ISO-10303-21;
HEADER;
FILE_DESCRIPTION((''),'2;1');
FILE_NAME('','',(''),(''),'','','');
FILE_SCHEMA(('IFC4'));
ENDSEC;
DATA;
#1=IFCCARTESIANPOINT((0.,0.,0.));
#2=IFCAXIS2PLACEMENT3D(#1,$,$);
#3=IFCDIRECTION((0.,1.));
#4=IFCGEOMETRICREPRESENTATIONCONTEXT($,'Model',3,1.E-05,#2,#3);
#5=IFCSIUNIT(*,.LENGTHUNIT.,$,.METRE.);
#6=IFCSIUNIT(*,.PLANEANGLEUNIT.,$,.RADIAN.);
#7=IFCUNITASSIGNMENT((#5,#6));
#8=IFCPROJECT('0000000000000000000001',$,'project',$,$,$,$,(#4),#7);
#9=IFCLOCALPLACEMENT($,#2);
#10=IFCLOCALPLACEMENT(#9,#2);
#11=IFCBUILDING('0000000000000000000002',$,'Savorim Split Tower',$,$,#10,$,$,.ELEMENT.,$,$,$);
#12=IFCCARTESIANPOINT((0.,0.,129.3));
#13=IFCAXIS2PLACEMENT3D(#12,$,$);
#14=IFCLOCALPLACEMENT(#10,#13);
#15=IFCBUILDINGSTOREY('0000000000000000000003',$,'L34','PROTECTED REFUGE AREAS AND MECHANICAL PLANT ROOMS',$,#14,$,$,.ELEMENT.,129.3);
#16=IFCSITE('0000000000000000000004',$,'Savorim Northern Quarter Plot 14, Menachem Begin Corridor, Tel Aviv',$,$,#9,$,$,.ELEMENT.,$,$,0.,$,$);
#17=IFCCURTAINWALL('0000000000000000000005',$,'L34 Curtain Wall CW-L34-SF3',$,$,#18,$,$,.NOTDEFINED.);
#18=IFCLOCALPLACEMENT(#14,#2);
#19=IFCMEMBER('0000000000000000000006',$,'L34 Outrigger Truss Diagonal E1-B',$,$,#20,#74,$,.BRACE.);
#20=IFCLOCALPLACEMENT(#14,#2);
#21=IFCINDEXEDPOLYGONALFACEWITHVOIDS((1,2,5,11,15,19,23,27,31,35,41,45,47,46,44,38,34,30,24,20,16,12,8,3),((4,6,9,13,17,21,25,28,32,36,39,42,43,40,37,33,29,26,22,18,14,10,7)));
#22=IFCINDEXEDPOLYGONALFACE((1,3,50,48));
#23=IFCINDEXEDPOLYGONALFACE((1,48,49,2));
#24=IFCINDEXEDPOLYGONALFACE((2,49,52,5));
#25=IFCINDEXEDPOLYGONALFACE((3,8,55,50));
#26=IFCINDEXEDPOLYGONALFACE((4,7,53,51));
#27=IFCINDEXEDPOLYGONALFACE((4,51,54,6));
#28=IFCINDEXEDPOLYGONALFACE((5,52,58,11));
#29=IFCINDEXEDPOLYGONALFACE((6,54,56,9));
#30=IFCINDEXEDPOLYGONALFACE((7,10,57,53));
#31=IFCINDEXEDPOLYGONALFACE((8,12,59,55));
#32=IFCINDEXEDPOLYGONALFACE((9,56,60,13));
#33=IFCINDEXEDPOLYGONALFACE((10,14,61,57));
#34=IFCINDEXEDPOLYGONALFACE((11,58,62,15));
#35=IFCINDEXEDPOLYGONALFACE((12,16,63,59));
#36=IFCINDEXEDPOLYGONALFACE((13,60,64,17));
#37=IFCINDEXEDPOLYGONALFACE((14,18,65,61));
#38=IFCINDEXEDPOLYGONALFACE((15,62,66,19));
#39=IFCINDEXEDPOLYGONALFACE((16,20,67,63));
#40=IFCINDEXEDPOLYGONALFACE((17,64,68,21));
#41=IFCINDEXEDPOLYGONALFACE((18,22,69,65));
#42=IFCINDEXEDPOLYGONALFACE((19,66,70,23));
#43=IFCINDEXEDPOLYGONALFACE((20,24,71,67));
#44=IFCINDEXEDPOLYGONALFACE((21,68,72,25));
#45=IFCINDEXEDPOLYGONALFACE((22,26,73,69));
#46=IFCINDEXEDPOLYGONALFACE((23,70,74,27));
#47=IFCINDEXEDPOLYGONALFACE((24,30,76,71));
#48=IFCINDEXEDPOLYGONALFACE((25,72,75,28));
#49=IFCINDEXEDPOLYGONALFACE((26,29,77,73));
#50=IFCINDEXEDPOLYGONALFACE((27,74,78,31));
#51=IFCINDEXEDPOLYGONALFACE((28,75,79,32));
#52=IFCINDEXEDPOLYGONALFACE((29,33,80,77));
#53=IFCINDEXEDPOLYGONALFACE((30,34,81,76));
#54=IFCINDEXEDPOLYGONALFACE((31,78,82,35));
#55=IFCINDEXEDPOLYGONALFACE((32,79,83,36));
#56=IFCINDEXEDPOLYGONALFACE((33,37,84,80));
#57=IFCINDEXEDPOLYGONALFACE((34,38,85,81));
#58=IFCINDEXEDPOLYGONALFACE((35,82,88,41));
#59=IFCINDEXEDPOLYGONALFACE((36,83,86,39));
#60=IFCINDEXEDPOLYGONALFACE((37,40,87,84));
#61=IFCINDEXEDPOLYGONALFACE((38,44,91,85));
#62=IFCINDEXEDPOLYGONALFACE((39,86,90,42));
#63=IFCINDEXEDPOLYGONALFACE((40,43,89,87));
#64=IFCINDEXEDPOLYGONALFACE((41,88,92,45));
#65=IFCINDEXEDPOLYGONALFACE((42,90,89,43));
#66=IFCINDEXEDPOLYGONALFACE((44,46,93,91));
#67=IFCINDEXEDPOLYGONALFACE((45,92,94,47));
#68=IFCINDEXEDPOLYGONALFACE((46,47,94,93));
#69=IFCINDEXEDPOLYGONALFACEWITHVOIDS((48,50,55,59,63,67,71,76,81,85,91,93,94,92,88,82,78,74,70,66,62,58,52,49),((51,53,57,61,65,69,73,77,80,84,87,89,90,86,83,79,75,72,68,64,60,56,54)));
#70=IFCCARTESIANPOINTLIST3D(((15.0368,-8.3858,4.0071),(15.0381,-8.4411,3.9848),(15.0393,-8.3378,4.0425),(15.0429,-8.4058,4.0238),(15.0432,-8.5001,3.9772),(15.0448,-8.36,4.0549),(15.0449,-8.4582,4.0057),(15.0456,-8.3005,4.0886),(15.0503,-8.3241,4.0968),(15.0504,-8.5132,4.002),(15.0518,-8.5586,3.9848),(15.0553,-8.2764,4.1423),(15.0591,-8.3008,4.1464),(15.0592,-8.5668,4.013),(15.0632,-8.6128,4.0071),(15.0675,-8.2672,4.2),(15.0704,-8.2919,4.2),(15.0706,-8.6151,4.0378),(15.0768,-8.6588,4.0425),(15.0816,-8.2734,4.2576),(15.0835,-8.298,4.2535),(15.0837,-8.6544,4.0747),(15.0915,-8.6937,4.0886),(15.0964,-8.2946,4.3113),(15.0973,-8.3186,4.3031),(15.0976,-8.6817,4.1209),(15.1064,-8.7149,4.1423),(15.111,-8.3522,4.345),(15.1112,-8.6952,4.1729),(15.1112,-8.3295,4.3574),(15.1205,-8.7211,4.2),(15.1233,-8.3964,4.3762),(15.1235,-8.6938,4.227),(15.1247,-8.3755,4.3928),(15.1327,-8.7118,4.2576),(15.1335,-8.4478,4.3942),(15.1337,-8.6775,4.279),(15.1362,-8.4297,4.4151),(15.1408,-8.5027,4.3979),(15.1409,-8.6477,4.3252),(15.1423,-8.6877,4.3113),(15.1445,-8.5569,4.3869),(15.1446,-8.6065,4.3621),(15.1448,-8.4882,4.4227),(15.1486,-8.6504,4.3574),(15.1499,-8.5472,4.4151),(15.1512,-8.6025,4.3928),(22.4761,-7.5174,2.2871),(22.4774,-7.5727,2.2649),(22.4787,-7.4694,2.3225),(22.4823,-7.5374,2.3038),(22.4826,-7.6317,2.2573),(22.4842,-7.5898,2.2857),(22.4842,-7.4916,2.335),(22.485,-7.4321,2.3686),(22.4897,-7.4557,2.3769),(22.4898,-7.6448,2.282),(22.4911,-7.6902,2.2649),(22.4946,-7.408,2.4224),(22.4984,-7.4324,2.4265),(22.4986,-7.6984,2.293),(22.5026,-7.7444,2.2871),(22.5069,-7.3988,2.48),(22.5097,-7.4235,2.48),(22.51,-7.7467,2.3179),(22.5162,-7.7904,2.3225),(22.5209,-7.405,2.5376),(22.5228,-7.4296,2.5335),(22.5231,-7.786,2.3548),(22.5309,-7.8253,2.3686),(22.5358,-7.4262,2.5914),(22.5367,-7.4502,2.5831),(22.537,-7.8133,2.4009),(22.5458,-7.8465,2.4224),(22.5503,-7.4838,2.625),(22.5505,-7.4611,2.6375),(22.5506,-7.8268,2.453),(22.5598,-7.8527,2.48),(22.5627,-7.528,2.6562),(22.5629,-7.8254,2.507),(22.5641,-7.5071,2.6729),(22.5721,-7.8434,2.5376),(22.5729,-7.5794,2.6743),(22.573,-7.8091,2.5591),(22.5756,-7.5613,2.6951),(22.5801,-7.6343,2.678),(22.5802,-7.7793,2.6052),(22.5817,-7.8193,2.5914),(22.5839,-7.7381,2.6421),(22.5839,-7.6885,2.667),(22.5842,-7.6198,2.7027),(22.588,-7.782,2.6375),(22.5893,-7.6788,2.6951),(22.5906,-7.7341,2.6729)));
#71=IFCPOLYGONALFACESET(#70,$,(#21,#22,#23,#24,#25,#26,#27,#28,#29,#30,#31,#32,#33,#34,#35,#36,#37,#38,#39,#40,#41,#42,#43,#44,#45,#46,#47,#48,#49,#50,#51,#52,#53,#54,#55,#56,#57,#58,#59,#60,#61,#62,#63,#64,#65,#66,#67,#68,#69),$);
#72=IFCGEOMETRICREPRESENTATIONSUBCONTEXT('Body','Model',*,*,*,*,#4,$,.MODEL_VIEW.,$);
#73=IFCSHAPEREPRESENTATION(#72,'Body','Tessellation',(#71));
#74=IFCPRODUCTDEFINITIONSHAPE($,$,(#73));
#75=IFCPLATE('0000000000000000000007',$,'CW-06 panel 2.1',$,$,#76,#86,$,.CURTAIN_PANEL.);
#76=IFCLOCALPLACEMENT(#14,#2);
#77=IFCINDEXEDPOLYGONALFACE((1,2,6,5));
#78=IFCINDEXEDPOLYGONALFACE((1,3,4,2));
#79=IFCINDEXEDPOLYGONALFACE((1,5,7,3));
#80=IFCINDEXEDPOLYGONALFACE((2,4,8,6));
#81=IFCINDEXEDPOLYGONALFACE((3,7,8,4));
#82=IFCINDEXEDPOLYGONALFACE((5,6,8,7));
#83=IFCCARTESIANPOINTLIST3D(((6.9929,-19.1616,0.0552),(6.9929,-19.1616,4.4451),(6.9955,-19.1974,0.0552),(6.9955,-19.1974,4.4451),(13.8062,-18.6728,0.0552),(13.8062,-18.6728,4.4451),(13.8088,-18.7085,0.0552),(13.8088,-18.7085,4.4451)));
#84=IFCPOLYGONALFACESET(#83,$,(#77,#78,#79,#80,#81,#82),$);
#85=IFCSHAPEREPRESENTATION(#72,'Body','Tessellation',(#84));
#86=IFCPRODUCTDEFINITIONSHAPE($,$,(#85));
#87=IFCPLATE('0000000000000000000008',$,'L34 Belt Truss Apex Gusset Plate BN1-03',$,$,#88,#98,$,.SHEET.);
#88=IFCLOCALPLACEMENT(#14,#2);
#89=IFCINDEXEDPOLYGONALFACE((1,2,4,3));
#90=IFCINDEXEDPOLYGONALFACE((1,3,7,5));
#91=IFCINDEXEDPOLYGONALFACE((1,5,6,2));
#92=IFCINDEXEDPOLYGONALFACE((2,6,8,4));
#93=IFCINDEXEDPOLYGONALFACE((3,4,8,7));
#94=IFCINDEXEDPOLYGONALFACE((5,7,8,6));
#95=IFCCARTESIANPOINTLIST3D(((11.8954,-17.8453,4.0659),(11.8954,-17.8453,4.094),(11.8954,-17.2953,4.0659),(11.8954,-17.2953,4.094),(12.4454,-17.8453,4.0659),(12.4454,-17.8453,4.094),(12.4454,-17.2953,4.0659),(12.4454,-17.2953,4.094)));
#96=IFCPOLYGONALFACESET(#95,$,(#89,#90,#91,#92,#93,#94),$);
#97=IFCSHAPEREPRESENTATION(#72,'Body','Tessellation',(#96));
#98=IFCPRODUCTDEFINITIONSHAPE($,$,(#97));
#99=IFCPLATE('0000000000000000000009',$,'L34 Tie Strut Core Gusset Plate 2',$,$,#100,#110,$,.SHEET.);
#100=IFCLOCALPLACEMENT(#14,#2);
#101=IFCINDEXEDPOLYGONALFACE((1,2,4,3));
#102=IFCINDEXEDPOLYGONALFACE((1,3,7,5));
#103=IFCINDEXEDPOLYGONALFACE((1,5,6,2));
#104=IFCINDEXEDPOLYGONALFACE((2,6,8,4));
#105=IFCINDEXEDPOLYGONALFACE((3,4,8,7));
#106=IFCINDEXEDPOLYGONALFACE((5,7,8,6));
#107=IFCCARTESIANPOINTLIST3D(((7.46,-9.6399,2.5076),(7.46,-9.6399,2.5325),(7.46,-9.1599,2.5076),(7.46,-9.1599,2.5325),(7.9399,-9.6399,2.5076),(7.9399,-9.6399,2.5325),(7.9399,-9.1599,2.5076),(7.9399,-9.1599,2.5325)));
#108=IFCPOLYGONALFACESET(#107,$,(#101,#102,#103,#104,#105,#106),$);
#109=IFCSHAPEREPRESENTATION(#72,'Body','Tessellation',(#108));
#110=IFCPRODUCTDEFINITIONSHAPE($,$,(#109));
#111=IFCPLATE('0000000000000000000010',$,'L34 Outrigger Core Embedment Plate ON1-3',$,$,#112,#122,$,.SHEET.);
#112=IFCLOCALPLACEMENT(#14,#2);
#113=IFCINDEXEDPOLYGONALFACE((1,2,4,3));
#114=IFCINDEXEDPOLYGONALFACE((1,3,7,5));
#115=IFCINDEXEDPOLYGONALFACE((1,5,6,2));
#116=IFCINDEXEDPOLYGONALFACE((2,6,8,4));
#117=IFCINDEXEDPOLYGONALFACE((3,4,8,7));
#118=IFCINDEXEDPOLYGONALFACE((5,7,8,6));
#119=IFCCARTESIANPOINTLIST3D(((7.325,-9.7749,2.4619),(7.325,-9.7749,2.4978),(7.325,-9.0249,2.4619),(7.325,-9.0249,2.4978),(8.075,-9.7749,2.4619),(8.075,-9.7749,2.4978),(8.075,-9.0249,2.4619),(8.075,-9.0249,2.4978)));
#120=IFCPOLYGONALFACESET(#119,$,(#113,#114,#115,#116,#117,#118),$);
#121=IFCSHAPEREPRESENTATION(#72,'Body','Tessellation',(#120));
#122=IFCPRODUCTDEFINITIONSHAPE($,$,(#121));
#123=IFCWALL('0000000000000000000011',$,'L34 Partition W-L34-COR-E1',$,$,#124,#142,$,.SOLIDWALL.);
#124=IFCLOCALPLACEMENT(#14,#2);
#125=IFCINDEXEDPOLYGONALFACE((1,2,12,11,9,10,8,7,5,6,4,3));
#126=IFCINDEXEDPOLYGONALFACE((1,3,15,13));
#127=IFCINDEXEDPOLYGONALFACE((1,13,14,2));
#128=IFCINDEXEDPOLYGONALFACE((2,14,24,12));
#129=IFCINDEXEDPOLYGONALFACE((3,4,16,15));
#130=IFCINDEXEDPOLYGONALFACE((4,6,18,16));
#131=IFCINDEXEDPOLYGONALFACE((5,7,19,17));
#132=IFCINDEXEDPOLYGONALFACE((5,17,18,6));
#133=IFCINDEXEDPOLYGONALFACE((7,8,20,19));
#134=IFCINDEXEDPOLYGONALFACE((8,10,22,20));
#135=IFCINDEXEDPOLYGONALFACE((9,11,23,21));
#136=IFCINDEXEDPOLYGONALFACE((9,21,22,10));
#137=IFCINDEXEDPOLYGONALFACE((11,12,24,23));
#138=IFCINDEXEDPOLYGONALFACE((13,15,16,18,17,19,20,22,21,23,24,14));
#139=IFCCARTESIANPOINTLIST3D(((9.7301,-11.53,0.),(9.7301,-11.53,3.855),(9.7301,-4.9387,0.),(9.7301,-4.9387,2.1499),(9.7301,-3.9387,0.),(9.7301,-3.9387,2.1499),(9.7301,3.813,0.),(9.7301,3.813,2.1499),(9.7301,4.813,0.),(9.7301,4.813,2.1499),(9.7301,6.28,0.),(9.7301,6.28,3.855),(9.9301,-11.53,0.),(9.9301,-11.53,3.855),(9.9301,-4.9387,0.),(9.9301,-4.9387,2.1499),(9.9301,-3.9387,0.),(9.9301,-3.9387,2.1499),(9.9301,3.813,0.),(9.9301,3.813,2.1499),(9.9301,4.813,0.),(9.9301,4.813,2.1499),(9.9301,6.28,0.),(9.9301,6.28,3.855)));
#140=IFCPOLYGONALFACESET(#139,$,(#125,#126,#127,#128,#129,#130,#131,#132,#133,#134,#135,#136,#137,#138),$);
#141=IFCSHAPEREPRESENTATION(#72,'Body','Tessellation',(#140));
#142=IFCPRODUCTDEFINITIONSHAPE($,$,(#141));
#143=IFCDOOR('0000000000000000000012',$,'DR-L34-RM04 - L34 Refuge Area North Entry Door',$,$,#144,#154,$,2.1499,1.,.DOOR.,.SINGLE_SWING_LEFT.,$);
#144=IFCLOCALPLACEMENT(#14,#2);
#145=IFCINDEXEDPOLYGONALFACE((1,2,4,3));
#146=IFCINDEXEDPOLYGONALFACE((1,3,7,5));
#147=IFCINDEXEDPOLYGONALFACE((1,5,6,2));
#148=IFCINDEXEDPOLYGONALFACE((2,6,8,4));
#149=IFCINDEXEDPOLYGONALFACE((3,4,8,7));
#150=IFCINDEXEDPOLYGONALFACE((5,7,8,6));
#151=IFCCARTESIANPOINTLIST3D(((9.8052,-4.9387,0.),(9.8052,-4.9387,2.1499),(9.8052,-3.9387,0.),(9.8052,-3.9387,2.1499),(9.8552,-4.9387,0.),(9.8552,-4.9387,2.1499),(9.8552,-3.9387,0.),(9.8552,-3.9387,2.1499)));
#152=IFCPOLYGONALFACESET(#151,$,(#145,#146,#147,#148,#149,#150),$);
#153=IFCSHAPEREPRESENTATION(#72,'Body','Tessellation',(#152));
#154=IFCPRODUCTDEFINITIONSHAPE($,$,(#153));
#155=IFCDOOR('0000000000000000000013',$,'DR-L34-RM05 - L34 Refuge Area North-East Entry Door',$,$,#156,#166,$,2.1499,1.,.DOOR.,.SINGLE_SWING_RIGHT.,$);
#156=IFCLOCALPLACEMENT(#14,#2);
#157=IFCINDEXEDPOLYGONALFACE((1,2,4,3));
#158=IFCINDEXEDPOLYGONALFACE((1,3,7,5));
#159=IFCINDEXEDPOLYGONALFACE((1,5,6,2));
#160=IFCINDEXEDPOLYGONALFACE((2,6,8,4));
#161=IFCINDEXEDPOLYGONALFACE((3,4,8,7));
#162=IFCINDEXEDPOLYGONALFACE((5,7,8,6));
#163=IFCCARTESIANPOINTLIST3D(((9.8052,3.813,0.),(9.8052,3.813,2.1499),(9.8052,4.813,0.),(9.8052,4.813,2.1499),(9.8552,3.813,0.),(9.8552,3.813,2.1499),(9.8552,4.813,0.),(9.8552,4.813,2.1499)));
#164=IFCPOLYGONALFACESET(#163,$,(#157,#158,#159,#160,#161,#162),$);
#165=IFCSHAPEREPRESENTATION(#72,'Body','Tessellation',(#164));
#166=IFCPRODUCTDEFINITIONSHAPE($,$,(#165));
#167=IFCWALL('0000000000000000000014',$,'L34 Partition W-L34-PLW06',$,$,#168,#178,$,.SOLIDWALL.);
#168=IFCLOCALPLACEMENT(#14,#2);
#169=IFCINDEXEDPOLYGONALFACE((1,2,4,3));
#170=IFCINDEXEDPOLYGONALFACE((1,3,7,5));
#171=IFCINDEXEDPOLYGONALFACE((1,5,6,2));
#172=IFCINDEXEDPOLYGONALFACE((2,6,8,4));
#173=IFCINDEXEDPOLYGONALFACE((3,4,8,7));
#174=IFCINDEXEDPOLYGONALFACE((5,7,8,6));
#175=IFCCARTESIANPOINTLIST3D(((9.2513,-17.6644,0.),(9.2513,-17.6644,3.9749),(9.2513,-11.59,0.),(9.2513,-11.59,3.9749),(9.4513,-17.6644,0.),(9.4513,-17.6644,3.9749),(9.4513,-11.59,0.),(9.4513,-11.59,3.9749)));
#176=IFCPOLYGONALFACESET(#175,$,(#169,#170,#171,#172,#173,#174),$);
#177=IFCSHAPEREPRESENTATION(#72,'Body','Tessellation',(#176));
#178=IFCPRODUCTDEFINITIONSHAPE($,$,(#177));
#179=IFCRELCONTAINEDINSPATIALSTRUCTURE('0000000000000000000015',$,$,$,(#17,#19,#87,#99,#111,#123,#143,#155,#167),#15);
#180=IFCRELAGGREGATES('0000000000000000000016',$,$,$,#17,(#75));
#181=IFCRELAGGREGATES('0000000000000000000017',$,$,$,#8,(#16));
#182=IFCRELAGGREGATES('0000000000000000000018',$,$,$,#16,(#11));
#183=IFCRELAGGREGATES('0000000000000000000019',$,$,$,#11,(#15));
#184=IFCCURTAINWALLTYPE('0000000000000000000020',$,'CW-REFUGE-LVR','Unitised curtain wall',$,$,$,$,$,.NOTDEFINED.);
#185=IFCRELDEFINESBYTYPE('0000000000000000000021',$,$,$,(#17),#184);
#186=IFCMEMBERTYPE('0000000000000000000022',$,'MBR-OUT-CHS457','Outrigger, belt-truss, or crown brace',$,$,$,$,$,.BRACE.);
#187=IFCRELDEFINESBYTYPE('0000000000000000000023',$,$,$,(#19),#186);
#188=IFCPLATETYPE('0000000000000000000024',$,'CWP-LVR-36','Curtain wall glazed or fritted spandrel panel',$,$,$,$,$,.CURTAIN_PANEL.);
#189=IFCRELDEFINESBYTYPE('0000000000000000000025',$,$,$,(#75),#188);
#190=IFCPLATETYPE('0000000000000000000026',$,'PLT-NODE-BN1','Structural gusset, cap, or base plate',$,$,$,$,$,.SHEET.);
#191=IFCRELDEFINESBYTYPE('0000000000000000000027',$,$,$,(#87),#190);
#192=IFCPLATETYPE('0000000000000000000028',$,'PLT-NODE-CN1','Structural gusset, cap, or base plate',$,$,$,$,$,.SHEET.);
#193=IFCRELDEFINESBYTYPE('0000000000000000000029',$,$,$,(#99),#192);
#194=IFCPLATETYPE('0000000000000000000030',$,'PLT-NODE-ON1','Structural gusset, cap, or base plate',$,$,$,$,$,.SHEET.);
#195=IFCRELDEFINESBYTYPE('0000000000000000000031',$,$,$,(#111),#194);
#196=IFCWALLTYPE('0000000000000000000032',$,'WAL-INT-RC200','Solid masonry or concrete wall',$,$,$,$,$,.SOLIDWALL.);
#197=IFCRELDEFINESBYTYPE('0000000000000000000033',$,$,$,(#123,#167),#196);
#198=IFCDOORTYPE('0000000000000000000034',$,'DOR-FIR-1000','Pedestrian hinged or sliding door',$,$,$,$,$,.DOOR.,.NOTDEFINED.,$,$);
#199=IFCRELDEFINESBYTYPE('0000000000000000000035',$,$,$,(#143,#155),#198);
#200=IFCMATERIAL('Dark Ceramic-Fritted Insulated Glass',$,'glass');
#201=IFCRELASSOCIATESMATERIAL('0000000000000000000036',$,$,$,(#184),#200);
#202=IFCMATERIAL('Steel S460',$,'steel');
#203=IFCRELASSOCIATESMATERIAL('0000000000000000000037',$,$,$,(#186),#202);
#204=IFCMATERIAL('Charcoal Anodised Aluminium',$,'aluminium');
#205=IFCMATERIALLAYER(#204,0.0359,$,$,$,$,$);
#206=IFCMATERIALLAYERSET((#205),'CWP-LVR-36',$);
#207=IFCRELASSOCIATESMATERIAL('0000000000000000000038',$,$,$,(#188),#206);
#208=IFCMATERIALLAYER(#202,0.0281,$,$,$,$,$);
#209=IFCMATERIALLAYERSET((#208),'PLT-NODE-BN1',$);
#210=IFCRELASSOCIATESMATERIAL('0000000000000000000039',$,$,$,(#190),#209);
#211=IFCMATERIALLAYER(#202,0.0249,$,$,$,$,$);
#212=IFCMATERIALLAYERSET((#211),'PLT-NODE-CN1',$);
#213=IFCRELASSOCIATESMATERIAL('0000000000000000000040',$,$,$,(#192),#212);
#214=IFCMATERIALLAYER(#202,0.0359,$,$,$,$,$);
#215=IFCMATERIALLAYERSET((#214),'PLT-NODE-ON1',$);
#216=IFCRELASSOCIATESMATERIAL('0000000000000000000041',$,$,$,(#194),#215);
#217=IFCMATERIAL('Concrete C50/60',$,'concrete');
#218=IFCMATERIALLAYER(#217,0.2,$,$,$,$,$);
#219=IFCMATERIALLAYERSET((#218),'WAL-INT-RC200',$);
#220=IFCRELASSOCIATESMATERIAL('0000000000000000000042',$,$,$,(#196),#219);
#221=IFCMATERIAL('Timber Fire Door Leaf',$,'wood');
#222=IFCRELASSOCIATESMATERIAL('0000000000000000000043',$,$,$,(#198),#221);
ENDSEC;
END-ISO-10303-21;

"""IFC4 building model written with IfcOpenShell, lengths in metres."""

from ifc_helpers import new_model, si_unit, direction, frame, frame_2d, origin, origin_2d, place, context, subcontext, project, spatial, rectangle, hollow_circle, extrude, material, layer, layer_set, material_profile, profile_set, type_object, element, fill, aggregate, save


model = new_model("IFC4")

# Units and contexts
model_context = context("Model", 3, precision=1e-05, world=origin(), true_north=direction((0.0, 1.0)))
body_context = subcontext(model_context, "Body", "Model", "MODEL_VIEW")
ifc_project = project(units=[si_unit("LENGTHUNIT", "METRE"), si_unit("PLANEANGLEUNIT", "RADIAN")], contexts=[model_context])

# Site, building, storey
site_placement = place(None, origin())
site = spatial("IfcSite", under=ifc_project, at=site_placement, Name="Savorim Northern Quarter Plot 14, Menachem Begin Corridor, Tel Aviv", CompositionType="ELEMENT", RefElevation=0.0)
building_placement = place(site_placement, origin())
building = spatial("IfcBuilding", under=site, at=building_placement, Name="Savorim Split Tower", CompositionType="ELEMENT")
storey_placement = place(building_placement, frame((0.0, 0.0, 129.3)))
storey = spatial("IfcBuildingStorey", under=building, at=storey_placement, Name="L34", Description="PROTECTED REFUGE AREAS AND MECHANICAL PLANT ROOMS", CompositionType="ELEMENT", Elevation=129.3)

# Shared definitions
ifc_material_1 = material(Name="Steel S460", Category="steel")

# Curtain wall
ifc_material_2 = material(Name="Dark Ceramic-Fritted Insulated Glass", Category="glass")
curtain_wall_type = type_object("IfcCurtainWallType", Name="CW-REFUGE-LVR", Description="Unitised curtain wall", PredefinedType="NOTDEFINED", material=ifc_material_2)
curtain_wall_1_placement = place(storey_placement, origin())
curtain_wall_1 = element("IfcCurtainWall", 1, at=curtain_wall_1_placement, inside=storey, type_object=curtain_wall_type, Name="L34 Curtain Wall CW-L34-SF3", PredefinedType="NOTDEFINED")
ifc_material_3 = material(Name="Charcoal Anodised Aluminium", Category="aluminium")

# Member
ifc_material_profile_1 = material_profile(ifc_material_1, hollow_circle(Radius=0.2285, WallThickness=0.0249, at=origin_2d()), Name="CHS 457x25")
ifc_profile_set_1 = profile_set([ifc_material_profile_1], Name="Steel S460")
member_type_1 = type_object("IfcMemberType", Name="MBR-OUT-CHS457", Description="Outrigger, belt-truss, or crown brace", PredefinedType="BRACE", material=ifc_profile_set_1)
member_1_placement = place(storey_placement, frame((15.094, -8.4941, 4.2), z_axis=(0.968059, 0.113002, -0.223811), x_axis=(-0.115943, 0.993256, 0.0)))
element("IfcMember", 2, at=member_1_placement, inside=storey, type_object=member_type_1, Name="L34 Outrigger Truss Diagonal E1-B", PredefinedType="BRACE", context=body_context, shape_type="SweptSolid", body=[
    extrude(hollow_circle(Radius=0.2285, WallThickness=0.0249, at=origin_2d()), origin(), (0.0, 0.0, 1.0), 7.6848),
])

# Plate
ifc_layer_1 = layer(ifc_material_3, 0.0359)
ifc_layer_set_1 = layer_set([ifc_layer_1], Name="CWP-LVR-36")
plate_type_1 = type_object("IfcPlateType", Name="CWP-LVR-36", Description="Curtain wall glazed or fritted spandrel panel", PredefinedType="CURTAIN_PANEL", material=ifc_layer_set_1)
plate_1_placement = place(storey_placement, frame((10.4009, -18.9351, 0.0552), z_axis=(0.0, 0.0, 1.0), x_axis=(0.997436, 0.071561, 0.0)))
plate_1 = element("IfcPlate", 3, at=plate_1_placement, type_object=plate_type_1, Name="CW-06 panel 2.1", PredefinedType="CURTAIN_PANEL", context=body_context, shape_type="SweptSolid", body=[
    extrude(rectangle(XDim=6.8308, YDim=0.0359, at=origin_2d()), origin(), (0.0, 0.0, 1.0), 4.3899),
])
aggregate(curtain_wall_1, [plate_1])

# Plates
ifc_layer_2 = layer(ifc_material_1, 0.0281)
ifc_layer_set_2 = layer_set([ifc_layer_2], Name="PLT-NODE-BN1")
plate_type_2 = type_object("IfcPlateType", Name="PLT-NODE-BN1", Description="Structural gusset, cap, or base plate", PredefinedType="SHEET", material=ifc_layer_set_2)
plate_2_placement = place(storey_placement, frame((12.1704, -17.5703, 4.0659), z_axis=(0.0, 0.0, 1.0), x_axis=(1.0, 0.0, 0.0)))
element("IfcPlate", 4, at=plate_2_placement, inside=storey, type_object=plate_type_2, Name="L34 Belt Truss Apex Gusset Plate BN1-03", PredefinedType="SHEET", context=body_context, shape_type="SweptSolid", body=[
    extrude(rectangle(XDim=0.55, YDim=0.55, at=origin_2d()), origin(), (0.0, 0.0, 1.0), 0.0281),
])
ifc_layer_3 = layer(ifc_material_1, 0.0249)
ifc_layer_set_3 = layer_set([ifc_layer_3], Name="PLT-NODE-CN1")
plate_type_3 = type_object("IfcPlateType", Name="PLT-NODE-CN1", Description="Structural gusset, cap, or base plate", PredefinedType="SHEET", material=ifc_layer_set_3)
plate_3_placement = place(storey_placement, frame((7.7, -9.3999, 2.5076), z_axis=(0.0, 0.0, 1.0), x_axis=(1.0, 0.0, 0.0)))
element("IfcPlate", 5, at=plate_3_placement, inside=storey, type_object=plate_type_3, Name="L34 Tie Strut Core Gusset Plate 2", PredefinedType="SHEET", context=body_context, shape_type="SweptSolid", body=[
    extrude(rectangle(XDim=0.48, YDim=0.48, at=origin_2d()), origin(), (0.0, 0.0, 1.0), 0.0249),
])
ifc_layer_4 = layer(ifc_material_1, 0.0359)
ifc_layer_set_4 = layer_set([ifc_layer_4], Name="PLT-NODE-ON1")
plate_type_4 = type_object("IfcPlateType", Name="PLT-NODE-ON1", Description="Structural gusset, cap, or base plate", PredefinedType="SHEET", material=ifc_layer_set_4)
plate_4_placement = place(storey_placement, frame((7.7, -9.3999, 2.4619), z_axis=(0.0, 0.0, 1.0), x_axis=(1.0, 0.0, 0.0)))
element("IfcPlate", 6, at=plate_4_placement, inside=storey, type_object=plate_type_4, Name="L34 Outrigger Core Embedment Plate ON1-3", PredefinedType="SHEET", context=body_context, shape_type="SweptSolid", body=[
    extrude(rectangle(XDim=0.75, YDim=0.75, at=origin_2d()), origin(), (0.0, 0.0, 1.0), 0.0359),
])

# Wall, openings, doors
ifc_material_4 = material(Name="Concrete C50/60", Category="concrete")
ifc_layer_5 = layer(ifc_material_4, 0.2)
ifc_layer_set_5 = layer_set([ifc_layer_5], Name="WAL-INT-RC200")
wall_type = type_object("IfcWallType", Name="WAL-INT-RC200", Description="Solid masonry or concrete wall", PredefinedType="SOLIDWALL", material=ifc_layer_set_5)
wall_1_placement = place(storey_placement, frame((9.8301, -11.53, 0.0), z_axis=(0.0, 0.0, 1.0), x_axis=(0.0, 1.0, 0.0)))
wall_1 = element("IfcWall", 7, at=wall_1_placement, inside=storey, type_object=wall_type, Name="L34 Partition W-L34-COR-E1", PredefinedType="SOLIDWALL", context=body_context, shape_type="SweptSolid", body=[
    extrude(rectangle(XDim=17.8101, YDim=0.2, at=frame_2d((8.905, 0.0))), origin(), (0.0, 0.0, 1.0), 3.855),
])
opening_1_placement = place(wall_1_placement, frame((6.5913, 0.0, 0.0)))
opening_1 = element("IfcOpeningElement", 8, at=opening_1_placement, cuts=wall_1, PredefinedType="OPENING", context=body_context, shape_type="SweptSolid", body=[
    extrude(rectangle(XDim=1.0, YDim=2.1499, at=frame_2d((0.5, 1.075))), frame((0.0, 0.1099, 0.0), z_axis=(0.0, -1.0, 0.0), x_axis=(1.0, 0.0, 0.0)), (0.0, 0.0, 1.0), 0.22),
])
opening_2_placement = place(wall_1_placement, frame((15.343, 0.0, 0.0)))
opening_2 = element("IfcOpeningElement", 9, at=opening_2_placement, cuts=wall_1, PredefinedType="OPENING", context=body_context, shape_type="SweptSolid", body=[
    extrude(rectangle(XDim=1.0, YDim=2.1499, at=frame_2d((0.5, 1.075))), frame((0.0, 0.1099, 0.0), z_axis=(0.0, -1.0, 0.0), x_axis=(1.0, 0.0, 0.0)), (0.0, 0.0, 1.0), 0.22),
])
ifc_material_5 = material(Name="Timber Fire Door Leaf", Category="wood")
door_type = type_object("IfcDoorType", Name="DOR-FIR-1000", Description="Pedestrian hinged or sliding door", OperationType="NOTDEFINED", PredefinedType="DOOR", material=ifc_material_5)
door_1_placement = place(opening_1_placement, origin())
door_1 = element("IfcDoor", 10, at=door_1_placement, inside=storey, type_object=door_type, Name="DR-L34-RM04 - L34 Refuge Area North Entry Door", OperationType="SINGLE_SWING_LEFT", OverallHeight=2.1499, OverallWidth=1.0, PredefinedType="DOOR", context=body_context, shape_type="SweptSolid", body=[
    extrude(rectangle(XDim=1.0, YDim=2.1499, at=frame_2d((0.5, 1.075))), frame((0.0, 0.0249, 0.0), z_axis=(0.0, -1.0, 0.0), x_axis=(1.0, 0.0, 0.0)), (0.0, 0.0, 1.0), 0.05),
])
fill(opening_1, door_1)
door_2_placement = place(opening_2_placement, origin())
door_2 = element("IfcDoor", 11, at=door_2_placement, inside=storey, type_object=door_type, Name="DR-L34-RM05 - L34 Refuge Area North-East Entry Door", OperationType="SINGLE_SWING_RIGHT", OverallHeight=2.1499, OverallWidth=1.0, PredefinedType="DOOR", context=body_context, shape_type="SweptSolid", body=[
    extrude(rectangle(XDim=1.0, YDim=2.1499, at=frame_2d((0.5, 1.075))), frame((0.0, 0.0249, 0.0), z_axis=(0.0, -1.0, 0.0), x_axis=(1.0, 0.0, 0.0)), (0.0, 0.0, 1.0), 0.05),
])
fill(opening_2, door_2)

# Wall
wall_2_placement = place(storey_placement, frame((9.3513, -11.5901, 0.0), z_axis=(0.0, 0.0, 1.0), x_axis=(0.0, -1.0, 0.0)))
element("IfcWall", 12, at=wall_2_placement, inside=storey, type_object=wall_type, Name="L34 Partition W-L34-PLW06", PredefinedType="SOLIDWALL", context=body_context, shape_type="SweptSolid", body=[
    extrude(rectangle(XDim=6.0745, YDim=0.2, at=frame_2d((3.0371, 0.0))), origin(), (0.0, 0.0, 1.0), 3.9749),
])

save(model, "model.ifc")
